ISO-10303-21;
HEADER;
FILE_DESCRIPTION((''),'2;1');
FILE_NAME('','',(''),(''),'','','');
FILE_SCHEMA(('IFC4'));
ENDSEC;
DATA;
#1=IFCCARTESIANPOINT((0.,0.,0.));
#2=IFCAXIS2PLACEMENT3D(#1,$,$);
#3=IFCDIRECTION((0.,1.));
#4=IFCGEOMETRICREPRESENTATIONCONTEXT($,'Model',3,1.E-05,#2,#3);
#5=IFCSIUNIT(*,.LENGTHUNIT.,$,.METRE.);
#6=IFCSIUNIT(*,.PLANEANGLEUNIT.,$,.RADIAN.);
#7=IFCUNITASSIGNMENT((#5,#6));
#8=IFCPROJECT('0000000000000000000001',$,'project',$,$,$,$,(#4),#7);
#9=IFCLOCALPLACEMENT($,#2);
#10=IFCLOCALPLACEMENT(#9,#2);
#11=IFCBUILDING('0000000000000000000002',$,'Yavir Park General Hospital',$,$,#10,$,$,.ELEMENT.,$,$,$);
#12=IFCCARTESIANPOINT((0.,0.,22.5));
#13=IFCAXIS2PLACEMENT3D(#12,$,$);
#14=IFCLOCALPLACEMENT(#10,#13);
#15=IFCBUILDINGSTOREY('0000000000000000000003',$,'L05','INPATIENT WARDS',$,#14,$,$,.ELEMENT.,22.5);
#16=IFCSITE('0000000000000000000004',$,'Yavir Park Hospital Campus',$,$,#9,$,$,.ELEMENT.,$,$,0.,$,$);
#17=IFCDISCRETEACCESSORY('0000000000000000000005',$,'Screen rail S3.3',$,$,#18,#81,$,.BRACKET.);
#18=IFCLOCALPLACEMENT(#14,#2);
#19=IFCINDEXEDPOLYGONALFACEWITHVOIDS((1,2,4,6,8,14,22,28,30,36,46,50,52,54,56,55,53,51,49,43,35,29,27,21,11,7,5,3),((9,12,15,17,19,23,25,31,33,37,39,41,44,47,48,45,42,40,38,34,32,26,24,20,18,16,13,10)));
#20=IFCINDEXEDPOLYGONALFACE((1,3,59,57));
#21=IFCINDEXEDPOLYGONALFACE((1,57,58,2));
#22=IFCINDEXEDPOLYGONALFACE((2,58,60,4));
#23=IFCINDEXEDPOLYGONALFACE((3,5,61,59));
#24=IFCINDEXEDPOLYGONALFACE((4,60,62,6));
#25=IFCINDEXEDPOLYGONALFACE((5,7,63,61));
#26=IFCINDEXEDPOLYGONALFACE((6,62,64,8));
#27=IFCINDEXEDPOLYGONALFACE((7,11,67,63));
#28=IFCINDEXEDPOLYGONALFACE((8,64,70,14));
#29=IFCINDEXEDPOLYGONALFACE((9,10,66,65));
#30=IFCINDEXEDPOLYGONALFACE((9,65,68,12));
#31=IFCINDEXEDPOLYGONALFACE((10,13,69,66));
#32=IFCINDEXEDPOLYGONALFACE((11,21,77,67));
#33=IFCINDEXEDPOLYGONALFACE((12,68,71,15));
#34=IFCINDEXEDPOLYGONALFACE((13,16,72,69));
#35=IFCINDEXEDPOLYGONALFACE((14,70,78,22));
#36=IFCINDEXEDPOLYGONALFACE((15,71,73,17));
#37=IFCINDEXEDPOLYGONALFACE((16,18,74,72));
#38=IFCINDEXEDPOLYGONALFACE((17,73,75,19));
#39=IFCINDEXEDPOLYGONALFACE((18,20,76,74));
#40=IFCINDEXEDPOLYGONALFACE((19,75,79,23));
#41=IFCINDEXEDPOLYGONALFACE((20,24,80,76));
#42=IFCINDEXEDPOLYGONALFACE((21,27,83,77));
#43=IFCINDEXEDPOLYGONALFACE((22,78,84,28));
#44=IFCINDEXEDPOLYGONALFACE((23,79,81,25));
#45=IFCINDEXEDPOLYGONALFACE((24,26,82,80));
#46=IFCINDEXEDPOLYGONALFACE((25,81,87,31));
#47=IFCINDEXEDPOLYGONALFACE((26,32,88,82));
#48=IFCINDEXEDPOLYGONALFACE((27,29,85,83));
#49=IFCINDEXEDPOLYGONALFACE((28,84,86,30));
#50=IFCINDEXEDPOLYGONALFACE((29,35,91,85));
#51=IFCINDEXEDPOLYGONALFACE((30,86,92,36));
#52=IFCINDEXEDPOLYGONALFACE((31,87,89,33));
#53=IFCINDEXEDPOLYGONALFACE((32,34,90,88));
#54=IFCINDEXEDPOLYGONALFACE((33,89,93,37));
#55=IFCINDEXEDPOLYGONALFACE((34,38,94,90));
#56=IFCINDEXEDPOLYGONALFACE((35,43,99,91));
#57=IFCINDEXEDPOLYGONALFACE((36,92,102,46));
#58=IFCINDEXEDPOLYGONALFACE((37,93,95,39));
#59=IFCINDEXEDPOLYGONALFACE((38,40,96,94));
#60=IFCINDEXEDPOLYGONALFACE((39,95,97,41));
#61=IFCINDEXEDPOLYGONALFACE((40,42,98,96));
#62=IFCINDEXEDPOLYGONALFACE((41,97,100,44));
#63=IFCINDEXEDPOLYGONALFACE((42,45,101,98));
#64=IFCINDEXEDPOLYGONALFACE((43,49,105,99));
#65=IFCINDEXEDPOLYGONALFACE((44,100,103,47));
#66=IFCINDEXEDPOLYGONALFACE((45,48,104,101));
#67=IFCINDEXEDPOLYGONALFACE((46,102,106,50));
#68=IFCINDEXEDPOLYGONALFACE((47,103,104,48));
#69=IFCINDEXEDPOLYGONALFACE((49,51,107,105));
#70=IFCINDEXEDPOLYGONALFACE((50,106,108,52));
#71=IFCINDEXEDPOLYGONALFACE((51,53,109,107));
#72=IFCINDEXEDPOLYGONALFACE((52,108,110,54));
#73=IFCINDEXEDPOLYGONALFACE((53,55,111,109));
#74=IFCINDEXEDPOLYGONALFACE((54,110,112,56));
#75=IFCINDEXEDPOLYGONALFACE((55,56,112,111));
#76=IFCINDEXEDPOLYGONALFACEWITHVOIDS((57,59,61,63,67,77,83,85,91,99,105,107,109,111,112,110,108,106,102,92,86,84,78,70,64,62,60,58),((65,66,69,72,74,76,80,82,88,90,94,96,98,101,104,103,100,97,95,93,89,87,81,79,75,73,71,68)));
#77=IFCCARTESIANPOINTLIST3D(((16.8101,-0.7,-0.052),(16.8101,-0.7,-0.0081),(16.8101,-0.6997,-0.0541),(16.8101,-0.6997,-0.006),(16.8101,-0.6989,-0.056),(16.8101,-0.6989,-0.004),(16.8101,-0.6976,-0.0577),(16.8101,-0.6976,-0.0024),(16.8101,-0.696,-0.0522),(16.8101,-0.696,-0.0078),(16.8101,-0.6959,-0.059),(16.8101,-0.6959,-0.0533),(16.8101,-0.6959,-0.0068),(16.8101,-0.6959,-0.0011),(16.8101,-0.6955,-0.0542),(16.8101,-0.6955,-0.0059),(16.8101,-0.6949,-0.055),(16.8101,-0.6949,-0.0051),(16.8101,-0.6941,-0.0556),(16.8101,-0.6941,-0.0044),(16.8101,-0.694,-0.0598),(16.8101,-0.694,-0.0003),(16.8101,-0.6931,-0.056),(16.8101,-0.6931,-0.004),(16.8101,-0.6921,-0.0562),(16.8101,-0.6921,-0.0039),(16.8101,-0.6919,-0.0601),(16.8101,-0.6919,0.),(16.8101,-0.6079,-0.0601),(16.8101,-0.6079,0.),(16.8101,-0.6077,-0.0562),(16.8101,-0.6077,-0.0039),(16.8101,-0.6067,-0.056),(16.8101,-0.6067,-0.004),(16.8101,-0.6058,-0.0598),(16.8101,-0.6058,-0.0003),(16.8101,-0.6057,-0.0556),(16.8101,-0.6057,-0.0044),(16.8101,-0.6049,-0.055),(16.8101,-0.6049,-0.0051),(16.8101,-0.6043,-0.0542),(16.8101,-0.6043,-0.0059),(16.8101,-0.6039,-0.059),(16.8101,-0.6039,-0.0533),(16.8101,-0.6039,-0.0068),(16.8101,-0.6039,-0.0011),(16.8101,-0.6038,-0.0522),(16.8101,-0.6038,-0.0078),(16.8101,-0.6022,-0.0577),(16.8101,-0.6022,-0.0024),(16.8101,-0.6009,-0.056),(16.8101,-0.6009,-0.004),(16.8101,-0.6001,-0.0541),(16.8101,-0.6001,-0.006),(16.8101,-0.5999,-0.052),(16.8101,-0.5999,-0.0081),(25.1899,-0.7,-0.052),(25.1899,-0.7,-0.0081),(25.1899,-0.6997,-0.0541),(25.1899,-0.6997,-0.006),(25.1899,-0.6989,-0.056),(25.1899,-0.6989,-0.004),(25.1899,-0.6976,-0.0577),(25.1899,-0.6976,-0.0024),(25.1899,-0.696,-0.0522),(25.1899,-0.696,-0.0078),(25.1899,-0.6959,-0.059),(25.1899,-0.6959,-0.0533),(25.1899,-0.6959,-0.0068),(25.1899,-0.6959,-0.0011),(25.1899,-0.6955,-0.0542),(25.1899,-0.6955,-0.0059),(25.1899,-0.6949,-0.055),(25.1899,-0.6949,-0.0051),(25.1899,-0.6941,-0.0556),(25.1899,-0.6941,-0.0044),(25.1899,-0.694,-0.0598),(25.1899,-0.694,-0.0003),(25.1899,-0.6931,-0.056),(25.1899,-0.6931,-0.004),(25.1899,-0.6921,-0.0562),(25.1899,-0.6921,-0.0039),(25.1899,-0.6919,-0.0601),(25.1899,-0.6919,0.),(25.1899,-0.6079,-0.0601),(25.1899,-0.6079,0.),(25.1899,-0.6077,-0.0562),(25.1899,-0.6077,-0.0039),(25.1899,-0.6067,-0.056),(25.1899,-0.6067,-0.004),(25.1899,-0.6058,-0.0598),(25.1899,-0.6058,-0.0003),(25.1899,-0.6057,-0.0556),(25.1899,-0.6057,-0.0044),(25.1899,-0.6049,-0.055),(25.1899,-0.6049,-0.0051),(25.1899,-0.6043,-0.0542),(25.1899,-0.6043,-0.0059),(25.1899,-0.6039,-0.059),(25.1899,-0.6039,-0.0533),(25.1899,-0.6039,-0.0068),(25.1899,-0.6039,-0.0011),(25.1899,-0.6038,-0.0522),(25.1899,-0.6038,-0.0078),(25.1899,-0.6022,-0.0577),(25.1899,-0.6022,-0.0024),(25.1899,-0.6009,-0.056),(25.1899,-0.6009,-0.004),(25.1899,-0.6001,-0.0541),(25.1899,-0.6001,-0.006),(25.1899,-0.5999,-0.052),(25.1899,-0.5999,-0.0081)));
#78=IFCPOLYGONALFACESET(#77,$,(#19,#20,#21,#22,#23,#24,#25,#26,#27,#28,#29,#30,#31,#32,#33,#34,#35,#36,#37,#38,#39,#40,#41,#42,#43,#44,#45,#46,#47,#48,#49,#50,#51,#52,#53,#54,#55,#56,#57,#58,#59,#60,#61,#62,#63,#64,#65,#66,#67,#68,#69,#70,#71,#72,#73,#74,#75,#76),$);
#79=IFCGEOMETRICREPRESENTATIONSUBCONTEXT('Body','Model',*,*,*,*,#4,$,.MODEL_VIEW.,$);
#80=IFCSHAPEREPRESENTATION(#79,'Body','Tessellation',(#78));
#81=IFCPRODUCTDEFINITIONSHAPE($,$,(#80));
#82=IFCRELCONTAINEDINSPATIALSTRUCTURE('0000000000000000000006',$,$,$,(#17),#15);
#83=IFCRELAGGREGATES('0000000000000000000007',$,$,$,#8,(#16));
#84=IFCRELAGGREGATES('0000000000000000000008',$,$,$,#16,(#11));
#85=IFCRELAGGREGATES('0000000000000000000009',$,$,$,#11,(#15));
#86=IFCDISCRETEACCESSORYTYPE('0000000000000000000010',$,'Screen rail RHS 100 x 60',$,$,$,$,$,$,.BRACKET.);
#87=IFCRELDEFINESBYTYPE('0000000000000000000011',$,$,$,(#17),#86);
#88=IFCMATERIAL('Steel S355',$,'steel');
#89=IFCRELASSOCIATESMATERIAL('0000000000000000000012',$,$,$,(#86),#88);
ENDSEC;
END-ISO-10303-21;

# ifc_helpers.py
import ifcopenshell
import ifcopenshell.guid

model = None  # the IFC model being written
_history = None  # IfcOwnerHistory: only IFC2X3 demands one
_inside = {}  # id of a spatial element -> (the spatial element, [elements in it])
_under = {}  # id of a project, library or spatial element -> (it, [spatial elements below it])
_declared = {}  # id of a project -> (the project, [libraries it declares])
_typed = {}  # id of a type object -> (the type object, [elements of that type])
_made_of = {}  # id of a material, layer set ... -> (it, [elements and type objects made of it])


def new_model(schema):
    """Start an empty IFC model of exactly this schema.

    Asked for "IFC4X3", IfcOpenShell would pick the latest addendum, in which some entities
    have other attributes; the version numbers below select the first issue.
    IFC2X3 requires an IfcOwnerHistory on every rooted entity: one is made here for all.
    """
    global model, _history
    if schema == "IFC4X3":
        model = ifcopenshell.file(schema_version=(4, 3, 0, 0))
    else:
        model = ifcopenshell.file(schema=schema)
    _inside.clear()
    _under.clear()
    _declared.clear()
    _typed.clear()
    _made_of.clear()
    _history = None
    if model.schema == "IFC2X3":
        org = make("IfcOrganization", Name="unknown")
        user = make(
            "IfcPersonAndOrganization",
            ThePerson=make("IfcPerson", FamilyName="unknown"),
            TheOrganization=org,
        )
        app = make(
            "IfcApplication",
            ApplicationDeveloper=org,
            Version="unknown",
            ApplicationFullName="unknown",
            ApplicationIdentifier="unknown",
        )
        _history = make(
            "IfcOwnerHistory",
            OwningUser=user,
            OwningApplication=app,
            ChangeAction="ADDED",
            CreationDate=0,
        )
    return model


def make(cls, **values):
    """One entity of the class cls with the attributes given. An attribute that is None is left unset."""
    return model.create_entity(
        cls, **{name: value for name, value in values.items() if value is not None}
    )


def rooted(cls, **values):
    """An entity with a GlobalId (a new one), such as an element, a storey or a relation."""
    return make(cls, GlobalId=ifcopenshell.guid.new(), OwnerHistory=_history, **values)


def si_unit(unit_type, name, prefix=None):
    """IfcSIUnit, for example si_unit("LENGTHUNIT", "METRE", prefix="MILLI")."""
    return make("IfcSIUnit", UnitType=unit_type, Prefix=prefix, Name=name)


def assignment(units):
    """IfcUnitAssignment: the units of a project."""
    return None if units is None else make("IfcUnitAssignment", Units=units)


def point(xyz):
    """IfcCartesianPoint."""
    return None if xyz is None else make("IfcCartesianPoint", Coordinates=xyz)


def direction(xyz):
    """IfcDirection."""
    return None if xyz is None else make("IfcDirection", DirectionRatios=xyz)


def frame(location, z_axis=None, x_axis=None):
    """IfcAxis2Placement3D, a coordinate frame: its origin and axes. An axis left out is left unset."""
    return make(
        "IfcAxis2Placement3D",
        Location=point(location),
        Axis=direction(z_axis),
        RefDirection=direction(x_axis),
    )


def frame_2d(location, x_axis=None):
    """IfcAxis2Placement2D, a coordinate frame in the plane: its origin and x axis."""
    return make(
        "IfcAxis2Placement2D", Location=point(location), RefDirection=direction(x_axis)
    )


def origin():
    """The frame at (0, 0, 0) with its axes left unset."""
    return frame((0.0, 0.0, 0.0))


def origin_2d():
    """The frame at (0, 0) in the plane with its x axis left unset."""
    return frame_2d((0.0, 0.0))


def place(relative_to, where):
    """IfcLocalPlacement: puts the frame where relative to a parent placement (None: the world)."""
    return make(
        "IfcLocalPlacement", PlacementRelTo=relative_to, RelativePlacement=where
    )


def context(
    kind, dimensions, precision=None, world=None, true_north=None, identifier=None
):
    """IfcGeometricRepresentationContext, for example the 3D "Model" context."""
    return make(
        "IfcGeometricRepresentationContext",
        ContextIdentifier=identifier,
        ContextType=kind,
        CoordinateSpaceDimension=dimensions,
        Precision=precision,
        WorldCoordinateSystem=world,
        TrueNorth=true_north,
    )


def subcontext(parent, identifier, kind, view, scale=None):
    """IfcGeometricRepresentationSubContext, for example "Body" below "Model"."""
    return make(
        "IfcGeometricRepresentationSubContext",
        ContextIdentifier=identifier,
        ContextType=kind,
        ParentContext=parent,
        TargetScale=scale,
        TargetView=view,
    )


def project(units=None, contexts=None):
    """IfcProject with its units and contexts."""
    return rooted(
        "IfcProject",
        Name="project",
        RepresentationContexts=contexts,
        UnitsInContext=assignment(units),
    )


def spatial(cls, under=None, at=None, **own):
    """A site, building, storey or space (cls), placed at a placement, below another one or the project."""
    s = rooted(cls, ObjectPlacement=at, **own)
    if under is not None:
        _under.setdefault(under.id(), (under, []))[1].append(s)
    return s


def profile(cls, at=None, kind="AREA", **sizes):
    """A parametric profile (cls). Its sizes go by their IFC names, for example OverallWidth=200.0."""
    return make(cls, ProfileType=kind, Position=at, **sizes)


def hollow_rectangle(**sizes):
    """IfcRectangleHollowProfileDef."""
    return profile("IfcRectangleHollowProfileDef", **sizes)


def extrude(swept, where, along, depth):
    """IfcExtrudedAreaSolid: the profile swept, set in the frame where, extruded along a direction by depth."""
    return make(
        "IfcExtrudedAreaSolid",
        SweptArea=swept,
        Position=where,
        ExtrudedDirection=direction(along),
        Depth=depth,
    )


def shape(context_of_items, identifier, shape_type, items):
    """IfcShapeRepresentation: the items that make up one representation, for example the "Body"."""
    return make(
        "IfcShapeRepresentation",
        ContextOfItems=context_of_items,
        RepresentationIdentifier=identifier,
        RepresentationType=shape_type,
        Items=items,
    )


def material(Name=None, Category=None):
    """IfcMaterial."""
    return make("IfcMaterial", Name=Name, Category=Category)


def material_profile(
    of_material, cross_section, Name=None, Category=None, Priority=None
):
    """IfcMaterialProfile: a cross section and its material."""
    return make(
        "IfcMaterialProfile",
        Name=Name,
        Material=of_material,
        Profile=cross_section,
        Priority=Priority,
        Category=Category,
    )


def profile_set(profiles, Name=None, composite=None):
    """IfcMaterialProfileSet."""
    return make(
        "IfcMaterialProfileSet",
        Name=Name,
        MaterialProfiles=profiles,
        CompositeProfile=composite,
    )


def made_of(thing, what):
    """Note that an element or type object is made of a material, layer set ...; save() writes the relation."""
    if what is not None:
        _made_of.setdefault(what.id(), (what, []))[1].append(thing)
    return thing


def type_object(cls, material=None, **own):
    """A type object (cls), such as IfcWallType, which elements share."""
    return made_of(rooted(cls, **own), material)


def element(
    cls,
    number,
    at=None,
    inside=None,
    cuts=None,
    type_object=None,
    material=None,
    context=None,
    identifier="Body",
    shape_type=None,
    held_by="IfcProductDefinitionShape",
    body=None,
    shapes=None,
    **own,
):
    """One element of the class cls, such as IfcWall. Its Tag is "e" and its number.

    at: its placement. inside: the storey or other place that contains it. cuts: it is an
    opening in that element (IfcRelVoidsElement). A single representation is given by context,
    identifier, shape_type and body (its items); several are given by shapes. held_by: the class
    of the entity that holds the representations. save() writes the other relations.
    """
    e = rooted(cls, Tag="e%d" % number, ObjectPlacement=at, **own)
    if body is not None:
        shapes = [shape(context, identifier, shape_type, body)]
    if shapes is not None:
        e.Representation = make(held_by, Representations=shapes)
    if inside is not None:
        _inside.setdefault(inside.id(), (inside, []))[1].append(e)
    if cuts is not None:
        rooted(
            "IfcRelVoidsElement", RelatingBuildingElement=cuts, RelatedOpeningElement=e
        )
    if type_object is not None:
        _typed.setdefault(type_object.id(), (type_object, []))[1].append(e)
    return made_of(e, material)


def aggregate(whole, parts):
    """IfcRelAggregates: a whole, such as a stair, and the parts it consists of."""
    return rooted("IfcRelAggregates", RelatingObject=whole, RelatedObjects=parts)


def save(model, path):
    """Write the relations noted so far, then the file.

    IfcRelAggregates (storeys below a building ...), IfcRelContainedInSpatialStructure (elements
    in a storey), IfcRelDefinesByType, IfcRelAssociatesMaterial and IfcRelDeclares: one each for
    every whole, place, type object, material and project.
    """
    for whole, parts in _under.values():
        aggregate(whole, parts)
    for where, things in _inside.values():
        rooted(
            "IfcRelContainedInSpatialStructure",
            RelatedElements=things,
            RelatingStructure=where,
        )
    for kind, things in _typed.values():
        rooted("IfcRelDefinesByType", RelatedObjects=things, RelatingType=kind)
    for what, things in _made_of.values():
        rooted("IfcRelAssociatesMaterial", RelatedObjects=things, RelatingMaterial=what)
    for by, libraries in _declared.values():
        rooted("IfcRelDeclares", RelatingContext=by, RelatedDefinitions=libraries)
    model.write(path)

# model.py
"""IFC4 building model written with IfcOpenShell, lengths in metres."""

from ifc_helpers import new_model, si_unit, direction, frame, origin, origin_2d, place, context, subcontext, project, spatial, hollow_rectangle, extrude, material, material_profile, profile_set, type_object, element, save


model = new_model("IFC4")

# Units and contexts
model_context = context("Model", 3, precision=1e-05, world=origin(), true_north=direction((0.0, 1.0)))
body_context = subcontext(model_context, "Body", "Model", "MODEL_VIEW")
ifc_project = project(units=[si_unit("LENGTHUNIT", "METRE"), si_unit("PLANEANGLEUNIT", "RADIAN")], contexts=[model_context])

# Site, building, storey
site_placement = place(None, origin())
site = spatial("IfcSite", under=ifc_project, at=site_placement, Name="Yavir Park Hospital Campus", CompositionType="ELEMENT", RefElevation=0.0)
building_placement = place(site_placement, origin())
building = spatial("IfcBuilding", under=site, at=building_placement, Name="Yavir Park General Hospital", CompositionType="ELEMENT")
storey_placement = place(building_placement, frame((0.0, 0.0, 22.5)))
storey = spatial("IfcBuildingStorey", under=building, at=storey_placement, Name="L05", Description="INPATIENT WARDS", CompositionType="ELEMENT", Elevation=22.5)

# Discrete accessory
ifc_material_1 = material(Name="Steel S355", Category="steel")
ifc_material_profile_1 = material_profile(ifc_material_1, hollow_rectangle(XDim=0.1001, YDim=0.0601, WallThickness=0.0039, InnerFilletRadius=0.0039, OuterFilletRadius=0.0081, at=origin_2d()), Name="RHS60x100x4")
ifc_profile_set_1 = profile_set([ifc_material_profile_1], Name="Steel S355")
discrete_accessory_type_1 = type_object("IfcDiscreteAccessoryType", Name="Screen rail RHS 100 x 60", PredefinedType="BRACKET", material=ifc_profile_set_1)
discrete_accessory_placement = place(storey_placement, frame((16.8101, -0.6499, -0.03), z_axis=(1.0, 0.0, 0.0), x_axis=(0.0, 1.0, 0.0)))
element("IfcDiscreteAccessory", 1, at=discrete_accessory_placement, inside=storey, type_object=discrete_accessory_type_1, Name="Screen rail S3.3", PredefinedType="BRACKET", context=body_context, shape_type="SweptSolid", body=[
    extrude(hollow_rectangle(XDim=0.1001, YDim=0.0601, WallThickness=0.0039, InnerFilletRadius=0.0039, OuterFilletRadius=0.0081, at=origin_2d()), origin(), (0.0, 0.0, 1.0), 8.3799),
])

save(model, "model.ifc")
